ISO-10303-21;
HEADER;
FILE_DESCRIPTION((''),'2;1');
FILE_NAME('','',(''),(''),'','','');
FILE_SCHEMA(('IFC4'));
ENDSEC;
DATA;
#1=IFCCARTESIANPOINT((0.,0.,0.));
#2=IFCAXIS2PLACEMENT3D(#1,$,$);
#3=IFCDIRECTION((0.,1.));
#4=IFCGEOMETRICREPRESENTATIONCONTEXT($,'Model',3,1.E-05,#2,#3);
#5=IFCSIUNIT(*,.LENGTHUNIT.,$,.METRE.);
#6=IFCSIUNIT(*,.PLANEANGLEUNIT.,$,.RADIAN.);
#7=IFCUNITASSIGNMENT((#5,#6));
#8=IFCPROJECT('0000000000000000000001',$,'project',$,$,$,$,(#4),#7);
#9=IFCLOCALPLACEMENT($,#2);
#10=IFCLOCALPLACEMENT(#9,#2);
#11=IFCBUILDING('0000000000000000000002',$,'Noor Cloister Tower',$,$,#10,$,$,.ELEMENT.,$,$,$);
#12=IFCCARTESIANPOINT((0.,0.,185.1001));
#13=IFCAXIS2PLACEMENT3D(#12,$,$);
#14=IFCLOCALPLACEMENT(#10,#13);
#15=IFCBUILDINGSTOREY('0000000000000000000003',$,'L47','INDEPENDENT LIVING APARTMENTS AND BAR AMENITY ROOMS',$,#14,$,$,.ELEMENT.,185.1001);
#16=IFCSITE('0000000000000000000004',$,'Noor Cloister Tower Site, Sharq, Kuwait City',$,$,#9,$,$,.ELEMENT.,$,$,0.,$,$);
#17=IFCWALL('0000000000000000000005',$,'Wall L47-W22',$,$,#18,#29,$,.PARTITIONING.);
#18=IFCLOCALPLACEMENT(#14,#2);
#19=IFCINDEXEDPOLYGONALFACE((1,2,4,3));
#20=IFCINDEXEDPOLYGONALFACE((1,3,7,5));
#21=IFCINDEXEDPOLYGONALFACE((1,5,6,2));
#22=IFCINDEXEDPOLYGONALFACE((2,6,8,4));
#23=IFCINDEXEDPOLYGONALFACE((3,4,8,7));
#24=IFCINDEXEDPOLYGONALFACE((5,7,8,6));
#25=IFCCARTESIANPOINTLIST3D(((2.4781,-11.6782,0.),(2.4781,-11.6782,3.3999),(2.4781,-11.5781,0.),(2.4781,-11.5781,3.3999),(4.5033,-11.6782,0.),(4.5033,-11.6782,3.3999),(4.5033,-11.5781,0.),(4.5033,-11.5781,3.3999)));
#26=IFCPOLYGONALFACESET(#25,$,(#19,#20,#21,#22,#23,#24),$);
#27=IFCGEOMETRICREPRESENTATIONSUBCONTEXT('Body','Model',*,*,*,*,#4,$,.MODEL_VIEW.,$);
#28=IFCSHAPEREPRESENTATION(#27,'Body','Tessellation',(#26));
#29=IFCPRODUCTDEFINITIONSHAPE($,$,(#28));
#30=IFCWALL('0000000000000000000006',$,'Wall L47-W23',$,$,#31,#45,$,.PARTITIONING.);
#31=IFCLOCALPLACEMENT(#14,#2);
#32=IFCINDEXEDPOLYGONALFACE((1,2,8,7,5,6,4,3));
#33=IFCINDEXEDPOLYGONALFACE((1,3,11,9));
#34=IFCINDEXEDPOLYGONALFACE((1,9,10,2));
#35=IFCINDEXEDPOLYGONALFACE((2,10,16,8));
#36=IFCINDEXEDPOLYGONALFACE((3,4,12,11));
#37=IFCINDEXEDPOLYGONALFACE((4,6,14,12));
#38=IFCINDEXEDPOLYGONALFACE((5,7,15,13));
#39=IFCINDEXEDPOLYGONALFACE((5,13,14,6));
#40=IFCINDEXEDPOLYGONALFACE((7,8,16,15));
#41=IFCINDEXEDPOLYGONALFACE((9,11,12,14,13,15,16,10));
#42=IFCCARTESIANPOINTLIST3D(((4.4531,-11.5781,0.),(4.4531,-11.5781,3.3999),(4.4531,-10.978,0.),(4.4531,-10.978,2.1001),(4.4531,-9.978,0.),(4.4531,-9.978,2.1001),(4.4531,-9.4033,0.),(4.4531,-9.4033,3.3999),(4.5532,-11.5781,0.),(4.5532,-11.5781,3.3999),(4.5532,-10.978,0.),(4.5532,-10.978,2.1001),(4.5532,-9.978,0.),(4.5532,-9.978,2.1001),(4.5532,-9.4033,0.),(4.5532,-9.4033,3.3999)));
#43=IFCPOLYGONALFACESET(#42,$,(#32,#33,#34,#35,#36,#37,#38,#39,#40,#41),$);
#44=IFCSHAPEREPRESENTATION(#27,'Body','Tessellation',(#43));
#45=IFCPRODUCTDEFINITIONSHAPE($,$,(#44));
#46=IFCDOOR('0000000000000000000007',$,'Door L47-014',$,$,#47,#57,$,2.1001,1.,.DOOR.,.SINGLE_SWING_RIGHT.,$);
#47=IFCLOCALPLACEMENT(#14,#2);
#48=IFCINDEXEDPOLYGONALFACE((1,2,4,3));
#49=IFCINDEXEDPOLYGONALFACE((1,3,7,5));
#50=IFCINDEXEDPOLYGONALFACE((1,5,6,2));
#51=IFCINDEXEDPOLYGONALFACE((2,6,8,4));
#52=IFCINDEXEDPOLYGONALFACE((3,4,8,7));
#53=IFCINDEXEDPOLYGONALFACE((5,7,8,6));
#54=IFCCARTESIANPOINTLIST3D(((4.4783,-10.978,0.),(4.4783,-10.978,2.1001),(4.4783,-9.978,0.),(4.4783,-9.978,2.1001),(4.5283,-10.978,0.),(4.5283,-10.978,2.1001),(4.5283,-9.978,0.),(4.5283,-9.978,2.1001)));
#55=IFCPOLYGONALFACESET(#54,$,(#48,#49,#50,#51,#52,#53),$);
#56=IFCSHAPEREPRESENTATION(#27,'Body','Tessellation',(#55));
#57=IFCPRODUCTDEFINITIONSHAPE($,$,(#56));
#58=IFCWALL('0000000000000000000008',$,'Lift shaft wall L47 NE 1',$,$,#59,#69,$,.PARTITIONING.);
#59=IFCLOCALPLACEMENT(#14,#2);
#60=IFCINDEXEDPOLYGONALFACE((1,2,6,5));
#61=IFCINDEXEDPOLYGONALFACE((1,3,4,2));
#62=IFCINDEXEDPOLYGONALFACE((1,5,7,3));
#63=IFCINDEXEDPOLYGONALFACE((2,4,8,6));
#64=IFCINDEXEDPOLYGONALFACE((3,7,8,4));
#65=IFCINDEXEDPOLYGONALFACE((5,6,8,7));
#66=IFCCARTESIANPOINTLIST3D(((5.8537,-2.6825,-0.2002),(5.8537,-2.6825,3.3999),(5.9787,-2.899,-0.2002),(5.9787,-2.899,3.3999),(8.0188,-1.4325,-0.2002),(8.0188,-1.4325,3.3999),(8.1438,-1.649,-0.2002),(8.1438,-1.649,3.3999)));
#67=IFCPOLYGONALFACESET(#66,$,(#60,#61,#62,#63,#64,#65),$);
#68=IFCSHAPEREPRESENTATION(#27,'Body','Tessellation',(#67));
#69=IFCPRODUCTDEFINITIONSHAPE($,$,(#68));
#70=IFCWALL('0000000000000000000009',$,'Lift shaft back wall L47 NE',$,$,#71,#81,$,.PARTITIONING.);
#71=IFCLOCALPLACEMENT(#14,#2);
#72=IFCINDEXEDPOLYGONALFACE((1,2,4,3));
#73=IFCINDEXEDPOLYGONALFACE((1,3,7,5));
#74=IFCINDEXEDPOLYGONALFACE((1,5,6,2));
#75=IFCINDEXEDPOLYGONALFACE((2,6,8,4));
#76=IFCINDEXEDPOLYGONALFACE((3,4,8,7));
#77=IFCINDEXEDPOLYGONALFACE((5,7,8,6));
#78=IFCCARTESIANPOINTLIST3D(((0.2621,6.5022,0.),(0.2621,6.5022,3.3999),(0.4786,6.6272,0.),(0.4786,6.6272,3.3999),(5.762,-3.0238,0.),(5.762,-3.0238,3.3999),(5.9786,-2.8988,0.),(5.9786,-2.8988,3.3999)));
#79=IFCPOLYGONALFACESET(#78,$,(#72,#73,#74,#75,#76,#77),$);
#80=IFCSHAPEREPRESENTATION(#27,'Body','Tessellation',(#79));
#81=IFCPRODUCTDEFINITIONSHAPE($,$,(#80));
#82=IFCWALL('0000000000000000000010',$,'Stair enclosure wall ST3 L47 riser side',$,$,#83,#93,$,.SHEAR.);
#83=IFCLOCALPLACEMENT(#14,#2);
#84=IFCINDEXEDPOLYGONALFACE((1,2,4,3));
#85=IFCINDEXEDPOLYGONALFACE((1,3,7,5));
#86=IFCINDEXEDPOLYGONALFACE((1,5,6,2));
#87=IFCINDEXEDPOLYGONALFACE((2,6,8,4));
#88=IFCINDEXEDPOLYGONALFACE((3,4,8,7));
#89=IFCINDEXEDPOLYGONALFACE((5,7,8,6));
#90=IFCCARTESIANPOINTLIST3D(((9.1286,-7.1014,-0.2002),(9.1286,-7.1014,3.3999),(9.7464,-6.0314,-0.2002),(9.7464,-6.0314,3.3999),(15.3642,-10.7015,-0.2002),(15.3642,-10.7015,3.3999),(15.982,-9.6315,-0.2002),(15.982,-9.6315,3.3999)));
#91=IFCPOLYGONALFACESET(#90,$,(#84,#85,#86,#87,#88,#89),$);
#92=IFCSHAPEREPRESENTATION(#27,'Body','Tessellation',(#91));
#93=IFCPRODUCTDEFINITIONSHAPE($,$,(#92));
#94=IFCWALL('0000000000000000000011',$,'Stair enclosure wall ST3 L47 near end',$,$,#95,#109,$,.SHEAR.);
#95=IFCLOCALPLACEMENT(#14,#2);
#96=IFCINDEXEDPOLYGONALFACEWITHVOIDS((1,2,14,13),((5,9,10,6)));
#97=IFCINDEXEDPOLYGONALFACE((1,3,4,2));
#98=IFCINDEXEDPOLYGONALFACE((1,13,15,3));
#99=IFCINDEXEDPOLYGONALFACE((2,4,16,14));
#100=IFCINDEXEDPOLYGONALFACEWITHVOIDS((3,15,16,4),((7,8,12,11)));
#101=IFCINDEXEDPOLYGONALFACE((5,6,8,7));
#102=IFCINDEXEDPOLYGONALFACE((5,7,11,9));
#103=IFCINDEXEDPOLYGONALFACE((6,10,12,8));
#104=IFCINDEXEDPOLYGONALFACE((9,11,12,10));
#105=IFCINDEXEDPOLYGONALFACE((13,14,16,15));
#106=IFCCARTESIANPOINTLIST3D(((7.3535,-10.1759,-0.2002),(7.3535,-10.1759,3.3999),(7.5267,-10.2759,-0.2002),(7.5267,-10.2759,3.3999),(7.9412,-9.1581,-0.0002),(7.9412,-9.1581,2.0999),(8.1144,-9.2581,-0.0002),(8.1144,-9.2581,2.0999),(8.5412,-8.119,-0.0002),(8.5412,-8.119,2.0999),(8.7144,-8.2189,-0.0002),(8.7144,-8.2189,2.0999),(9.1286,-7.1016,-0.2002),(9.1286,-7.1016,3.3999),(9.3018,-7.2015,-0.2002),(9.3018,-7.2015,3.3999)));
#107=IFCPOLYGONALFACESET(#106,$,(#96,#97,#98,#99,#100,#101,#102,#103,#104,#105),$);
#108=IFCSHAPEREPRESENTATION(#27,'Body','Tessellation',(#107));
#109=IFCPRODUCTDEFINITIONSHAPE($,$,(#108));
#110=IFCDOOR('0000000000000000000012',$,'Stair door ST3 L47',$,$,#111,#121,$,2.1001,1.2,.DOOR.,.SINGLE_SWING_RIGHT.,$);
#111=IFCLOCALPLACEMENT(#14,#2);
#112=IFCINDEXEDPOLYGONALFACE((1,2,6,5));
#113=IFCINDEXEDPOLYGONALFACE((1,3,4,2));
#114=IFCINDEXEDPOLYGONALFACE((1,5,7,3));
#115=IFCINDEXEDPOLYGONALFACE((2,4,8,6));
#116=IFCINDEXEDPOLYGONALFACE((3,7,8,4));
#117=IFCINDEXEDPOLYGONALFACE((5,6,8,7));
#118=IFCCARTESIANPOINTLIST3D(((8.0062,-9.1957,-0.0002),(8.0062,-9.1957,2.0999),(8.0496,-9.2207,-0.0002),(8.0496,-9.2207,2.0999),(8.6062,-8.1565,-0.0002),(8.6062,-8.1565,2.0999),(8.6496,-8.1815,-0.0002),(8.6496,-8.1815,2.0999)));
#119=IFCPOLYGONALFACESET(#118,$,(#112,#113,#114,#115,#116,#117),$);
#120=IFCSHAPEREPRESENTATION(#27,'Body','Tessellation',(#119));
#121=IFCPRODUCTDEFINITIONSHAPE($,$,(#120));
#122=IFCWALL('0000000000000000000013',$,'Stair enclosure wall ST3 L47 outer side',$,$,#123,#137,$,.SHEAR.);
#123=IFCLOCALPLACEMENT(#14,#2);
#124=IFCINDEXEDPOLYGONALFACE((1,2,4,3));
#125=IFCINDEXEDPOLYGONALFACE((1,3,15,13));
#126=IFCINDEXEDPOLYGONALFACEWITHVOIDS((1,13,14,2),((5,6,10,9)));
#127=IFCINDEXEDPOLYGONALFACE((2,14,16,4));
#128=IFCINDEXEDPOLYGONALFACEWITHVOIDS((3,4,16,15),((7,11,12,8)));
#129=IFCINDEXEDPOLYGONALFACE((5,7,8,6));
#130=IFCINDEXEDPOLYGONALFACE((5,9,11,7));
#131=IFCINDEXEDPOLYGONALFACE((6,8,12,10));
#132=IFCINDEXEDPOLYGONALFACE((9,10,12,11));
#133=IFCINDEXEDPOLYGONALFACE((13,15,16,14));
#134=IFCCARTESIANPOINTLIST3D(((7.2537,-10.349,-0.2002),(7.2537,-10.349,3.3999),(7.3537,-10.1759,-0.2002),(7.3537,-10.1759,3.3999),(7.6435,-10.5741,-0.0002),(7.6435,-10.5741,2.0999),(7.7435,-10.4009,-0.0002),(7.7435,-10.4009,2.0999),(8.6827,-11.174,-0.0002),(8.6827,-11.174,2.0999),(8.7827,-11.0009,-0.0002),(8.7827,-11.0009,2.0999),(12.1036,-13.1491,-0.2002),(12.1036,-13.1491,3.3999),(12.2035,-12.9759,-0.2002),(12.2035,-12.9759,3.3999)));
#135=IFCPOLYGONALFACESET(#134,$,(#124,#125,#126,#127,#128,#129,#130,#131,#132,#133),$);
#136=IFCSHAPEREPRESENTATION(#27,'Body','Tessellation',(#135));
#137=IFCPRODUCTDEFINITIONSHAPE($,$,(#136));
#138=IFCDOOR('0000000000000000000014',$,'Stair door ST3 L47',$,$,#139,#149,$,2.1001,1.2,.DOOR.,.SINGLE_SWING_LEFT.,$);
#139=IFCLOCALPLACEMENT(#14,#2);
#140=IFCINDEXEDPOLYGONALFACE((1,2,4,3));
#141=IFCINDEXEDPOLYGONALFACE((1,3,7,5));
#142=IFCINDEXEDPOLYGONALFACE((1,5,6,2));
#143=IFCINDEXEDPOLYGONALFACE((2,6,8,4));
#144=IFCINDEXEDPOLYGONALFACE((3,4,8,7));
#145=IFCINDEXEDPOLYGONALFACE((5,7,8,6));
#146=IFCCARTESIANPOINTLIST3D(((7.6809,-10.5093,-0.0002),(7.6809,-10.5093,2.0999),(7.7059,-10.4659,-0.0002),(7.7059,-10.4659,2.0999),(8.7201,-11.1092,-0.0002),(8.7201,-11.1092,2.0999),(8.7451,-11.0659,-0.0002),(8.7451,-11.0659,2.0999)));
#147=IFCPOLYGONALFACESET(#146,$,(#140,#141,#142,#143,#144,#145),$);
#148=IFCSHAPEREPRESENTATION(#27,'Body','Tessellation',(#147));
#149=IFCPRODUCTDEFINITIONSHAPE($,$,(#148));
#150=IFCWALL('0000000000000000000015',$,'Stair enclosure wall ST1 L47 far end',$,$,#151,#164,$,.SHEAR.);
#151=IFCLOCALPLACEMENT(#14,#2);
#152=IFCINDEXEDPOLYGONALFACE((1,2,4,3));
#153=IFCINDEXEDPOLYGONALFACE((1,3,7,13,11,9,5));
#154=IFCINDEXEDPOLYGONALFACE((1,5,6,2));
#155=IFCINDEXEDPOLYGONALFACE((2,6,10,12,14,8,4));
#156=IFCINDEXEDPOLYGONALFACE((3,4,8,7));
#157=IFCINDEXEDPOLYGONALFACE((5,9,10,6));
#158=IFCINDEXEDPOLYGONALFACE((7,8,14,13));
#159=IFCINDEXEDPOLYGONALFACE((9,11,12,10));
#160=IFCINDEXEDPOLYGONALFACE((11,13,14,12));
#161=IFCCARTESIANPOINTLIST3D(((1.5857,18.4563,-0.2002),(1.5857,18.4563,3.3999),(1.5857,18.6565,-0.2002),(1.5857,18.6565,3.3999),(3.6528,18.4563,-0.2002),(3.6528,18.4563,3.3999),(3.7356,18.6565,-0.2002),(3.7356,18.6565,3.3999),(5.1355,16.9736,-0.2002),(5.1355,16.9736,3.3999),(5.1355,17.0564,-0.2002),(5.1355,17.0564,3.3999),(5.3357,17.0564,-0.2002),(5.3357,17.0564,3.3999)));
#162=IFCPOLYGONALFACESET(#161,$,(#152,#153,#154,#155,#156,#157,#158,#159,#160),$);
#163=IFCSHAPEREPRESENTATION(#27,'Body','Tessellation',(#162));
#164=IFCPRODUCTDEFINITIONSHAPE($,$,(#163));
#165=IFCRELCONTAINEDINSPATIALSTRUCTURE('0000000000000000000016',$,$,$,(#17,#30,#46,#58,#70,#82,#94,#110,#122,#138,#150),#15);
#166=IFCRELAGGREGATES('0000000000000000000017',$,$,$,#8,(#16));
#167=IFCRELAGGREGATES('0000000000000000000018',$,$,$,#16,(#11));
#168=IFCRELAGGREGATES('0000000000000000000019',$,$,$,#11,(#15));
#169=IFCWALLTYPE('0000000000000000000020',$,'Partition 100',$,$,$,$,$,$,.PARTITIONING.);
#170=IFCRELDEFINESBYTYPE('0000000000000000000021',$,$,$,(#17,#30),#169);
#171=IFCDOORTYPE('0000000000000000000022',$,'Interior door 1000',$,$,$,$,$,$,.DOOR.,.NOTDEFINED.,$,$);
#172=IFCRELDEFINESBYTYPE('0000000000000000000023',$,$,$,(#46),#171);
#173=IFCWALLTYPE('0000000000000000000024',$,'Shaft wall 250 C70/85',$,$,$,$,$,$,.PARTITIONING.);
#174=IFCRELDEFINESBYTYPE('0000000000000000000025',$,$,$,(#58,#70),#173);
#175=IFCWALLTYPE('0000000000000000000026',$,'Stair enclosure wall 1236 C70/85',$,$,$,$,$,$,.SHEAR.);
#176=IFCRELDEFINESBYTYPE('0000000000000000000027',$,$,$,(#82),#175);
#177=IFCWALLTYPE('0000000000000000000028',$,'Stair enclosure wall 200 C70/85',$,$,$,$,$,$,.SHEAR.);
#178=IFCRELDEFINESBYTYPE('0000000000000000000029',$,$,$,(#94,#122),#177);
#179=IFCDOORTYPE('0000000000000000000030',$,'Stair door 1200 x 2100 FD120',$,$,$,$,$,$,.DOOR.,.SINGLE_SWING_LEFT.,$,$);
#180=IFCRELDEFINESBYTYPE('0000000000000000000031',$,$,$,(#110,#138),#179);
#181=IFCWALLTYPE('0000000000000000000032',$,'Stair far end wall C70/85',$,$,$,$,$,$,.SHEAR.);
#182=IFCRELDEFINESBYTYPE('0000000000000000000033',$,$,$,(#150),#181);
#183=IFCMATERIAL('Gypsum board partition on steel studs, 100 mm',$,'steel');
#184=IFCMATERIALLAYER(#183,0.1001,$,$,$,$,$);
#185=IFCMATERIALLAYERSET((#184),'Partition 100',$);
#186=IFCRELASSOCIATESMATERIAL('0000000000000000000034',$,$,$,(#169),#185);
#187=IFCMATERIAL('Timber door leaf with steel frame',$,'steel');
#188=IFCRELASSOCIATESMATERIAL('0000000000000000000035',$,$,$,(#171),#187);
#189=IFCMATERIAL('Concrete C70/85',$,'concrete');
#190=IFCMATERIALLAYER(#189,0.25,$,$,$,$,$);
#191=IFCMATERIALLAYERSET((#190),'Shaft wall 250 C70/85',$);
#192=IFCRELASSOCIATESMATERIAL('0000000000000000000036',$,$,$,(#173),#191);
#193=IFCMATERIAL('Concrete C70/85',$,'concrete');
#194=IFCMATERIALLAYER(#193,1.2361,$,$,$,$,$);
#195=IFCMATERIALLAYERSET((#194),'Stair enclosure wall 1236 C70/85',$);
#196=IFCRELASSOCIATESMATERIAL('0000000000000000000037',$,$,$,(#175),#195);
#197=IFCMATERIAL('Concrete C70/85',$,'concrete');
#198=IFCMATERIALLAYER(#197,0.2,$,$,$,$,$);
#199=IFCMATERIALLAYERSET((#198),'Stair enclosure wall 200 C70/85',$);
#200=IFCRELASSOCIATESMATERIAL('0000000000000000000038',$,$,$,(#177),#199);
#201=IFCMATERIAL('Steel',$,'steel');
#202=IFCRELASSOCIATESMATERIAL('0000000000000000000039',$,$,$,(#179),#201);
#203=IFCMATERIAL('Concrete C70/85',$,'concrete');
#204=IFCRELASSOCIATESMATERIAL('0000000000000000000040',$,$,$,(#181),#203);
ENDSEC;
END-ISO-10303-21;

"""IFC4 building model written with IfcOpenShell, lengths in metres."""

from ifc_helpers import new_model, si_unit, direction, frame, frame_2d, origin, place, context, subcontext, project, spatial, polyline, rectangle, outline, extrude, material, layer, layer_set, type_object, element, fill, save


model = new_model("IFC4")

# Units and contexts
model_context = context("Model", 3, precision=1e-05, world=origin(), true_north=direction((0.0, 1.0)))
body_context = subcontext(model_context, "Body", "Model", "MODEL_VIEW")
ifc_project = project(units=[si_unit("LENGTHUNIT", "METRE"), si_unit("PLANEANGLEUNIT", "RADIAN")], contexts=[model_context])

# Site, building, storey
site_placement = place(None, origin())
site = spatial("IfcSite", under=ifc_project, at=site_placement, Name="Noor Cloister Tower Site, Sharq, Kuwait City", CompositionType="ELEMENT", RefElevation=0.0)
building_placement = place(site_placement, origin())
building = spatial("IfcBuilding", under=site, at=building_placement, Name="Noor Cloister Tower", CompositionType="ELEMENT")
storey_placement = place(building_placement, frame((0.0, 0.0, 185.1001)))
storey = spatial("IfcBuildingStorey", under=building, at=storey_placement, Name="L47", Description="INDEPENDENT LIVING APARTMENTS AND BAR AMENITY ROOMS", CompositionType="ELEMENT", Elevation=185.1001)

# Wall
ifc_material_1 = material(Name="Gypsum board partition on steel studs, 100 mm", Category="steel")
ifc_layer_1 = layer(ifc_material_1, 0.1001)
ifc_layer_set_1 = layer_set([ifc_layer_1], Name="Partition 100")
wall_type_1 = type_object("IfcWallType", Name="Partition 100", PredefinedType="PARTITIONING", material=ifc_layer_set_1)
wall_1_placement = place(storey_placement, frame((2.478, -11.6282, 0.0), z_axis=(0.0, 0.0, 1.0), x_axis=(1.0, 0.0, 0.0)))
element("IfcWall", 1, at=wall_1_placement, inside=storey, type_object=wall_type_1, Name="Wall L47-W22", PredefinedType="PARTITIONING", context=body_context, shape_type="SweptSolid", body=[
    extrude(rectangle(XDim=2.0251, YDim=0.1001, at=frame_2d((1.0127, 0.0))), origin(), (0.0, 0.0, 1.0), 3.3999),
])

# Wall, opening, door
wall_2_placement = place(storey_placement, frame((4.5032, -11.5781, 0.0), z_axis=(0.0, 0.0, 1.0), x_axis=(0.0, 1.0, 0.0)))
wall_2 = element("IfcWall", 2, at=wall_2_placement, inside=storey, type_object=wall_type_1, Name="Wall L47-W23", PredefinedType="PARTITIONING", context=body_context, shape_type="SweptSolid", body=[
    extrude(rectangle(XDim=2.1748, YDim=0.1001, at=frame_2d((1.0874, 0.0))), origin(), (0.0, 0.0, 1.0), 3.3999),
])
opening_1_placement = place(wall_2_placement, frame((0.6001, 0.0, 0.0)))
opening_1 = element("IfcOpeningElement", 3, at=opening_1_placement, cuts=wall_2, PredefinedType="OPENING", context=body_context, shape_type="SweptSolid", body=[
    extrude(rectangle(XDim=1.0, YDim=2.1001, at=frame_2d((0.5, 1.05))), frame((0.0, 0.0601, 0.0), z_axis=(0.0, -1.0, 0.0), x_axis=(1.0, 0.0, 0.0)), (0.0, 0.0, 1.0), 0.1201),
])
ifc_material_2 = material(Name="Timber door leaf with steel frame", Category="steel")
door_type_1 = type_object("IfcDoorType", Name="Interior door 1000", OperationType="NOTDEFINED", PredefinedType="DOOR", material=ifc_material_2)
door_1_placement = place(opening_1_placement, origin())
door_1 = element("IfcDoor", 4, at=door_1_placement, inside=storey, type_object=door_type_1, Name="Door L47-014", OperationType="SINGLE_SWING_RIGHT", OverallHeight=2.1001, OverallWidth=1.0, PredefinedType="DOOR", context=body_context, shape_type="SweptSolid", body=[
    extrude(rectangle(XDim=1.0, YDim=2.1001, at=frame_2d((0.5, 1.05))), frame((0.0, 0.0249, 0.0), z_axis=(0.0, -1.0, 0.0), x_axis=(1.0, 0.0, 0.0)), (0.0, 0.0, 1.0), 0.05),
])
fill(opening_1, door_1)

# Walls
ifc_material_3 = material(Name="Concrete C70/85", Category="concrete")
ifc_layer_2 = layer(ifc_material_3, 0.25)
ifc_layer_set_2 = layer_set([ifc_layer_2], Name="Shaft wall 250 C70/85")
wall_type_2 = type_object("IfcWallType", Name="Shaft wall 250 C70/85", PredefinedType="PARTITIONING", material=ifc_layer_set_2)
wall_3_placement = place(storey_placement, frame((8.0813, -1.5408, -0.2002), z_axis=(0.0, 0.0, 1.0), x_axis=(-0.866023, -0.500004, 0.0)))
element("IfcWall", 5, at=wall_3_placement, inside=storey, type_object=wall_type_2, Name="Lift shaft wall L47 NE 1", PredefinedType="PARTITIONING", context=body_context, shape_type="SweptSolid", body=[
    extrude(rectangle(XDim=2.5, YDim=0.25, at=frame_2d((1.25, 0.0))), origin(), (0.0, 0.0, 1.0), 3.6001),
])
wall_4_placement = place(storey_placement, frame((5.8704, -2.9614, 0.0), z_axis=(0.0, 0.0, 1.0), x_axis=(-0.500006, 0.866022, 0.0)))
element("IfcWall", 6, at=wall_4_placement, inside=storey, type_object=wall_type_2, Name="Lift shaft back wall L47 NE", PredefinedType="PARTITIONING", context=body_context, shape_type="SweptSolid", body=[
    extrude(rectangle(XDim=10.9998, YDim=0.25, at=frame_2d((5.5, 0.0))), origin(), (0.0, 0.0, 1.0), 3.3999),
])
ifc_material_4 = material(Name="Concrete C70/85", Category="concrete")
ifc_layer_3 = layer(ifc_material_4, 1.2361)
ifc_layer_set_3 = layer_set([ifc_layer_3], Name="Stair enclosure wall 1236 C70/85")
wall_type_3 = type_object("IfcWallType", Name="Stair enclosure wall 1236 C70/85", PredefinedType="SHEAR", material=ifc_layer_set_3)
wall_5_placement = place(storey_placement, frame((9.4375, -6.5664, -0.2002), z_axis=(0.0, 0.0, 1.0), x_axis=(0.866027, -0.499997, 0.0)))
element("IfcWall", 7, at=wall_5_placement, inside=storey, type_object=wall_type_3, Name="Stair enclosure wall ST3 L47 riser side", PredefinedType="SHEAR", context=body_context, shape_type="SweptSolid", body=[
    extrude(rectangle(XDim=7.2002, YDim=1.2356, at=frame_2d((3.6001, 0.0))), origin(), (0.0, 0.0, 1.0), 3.6001),
])

# Walls, openings, doors
ifc_material_5 = material(Name="Concrete C70/85", Category="concrete")
ifc_layer_4 = layer(ifc_material_5, 0.2)
ifc_layer_set_4 = layer_set([ifc_layer_4], Name="Stair enclosure wall 200 C70/85")
wall_type_4 = type_object("IfcWallType", Name="Stair enclosure wall 200 C70/85", PredefinedType="SHEAR", material=ifc_layer_set_4)
wall_6_placement = place(storey_placement, frame((7.4402, -10.2258, -0.2002), z_axis=(0.0, 0.0, 1.0), x_axis=(0.500022, 0.866013, 0.0)))
wall_6 = element("IfcWall", 8, at=wall_6_placement, inside=storey, type_object=wall_type_4, Name="Stair enclosure wall ST3 L47 near end", PredefinedType="SHEAR", context=body_context, shape_type="SweptSolid", body=[
    extrude(rectangle(XDim=3.55, YDim=0.2, at=frame_2d((1.7749, 0.0))), origin(), (0.0, 0.0, 1.0), 3.6001),
])
opening_2_placement = place(wall_6_placement, frame((1.175, 0.0, 0.2)))
opening_2 = element("IfcOpeningElement", 9, at=opening_2_placement, cuts=wall_6, PredefinedType="OPENING", context=body_context, shape_type="SweptSolid", body=[
    extrude(rectangle(XDim=1.2, YDim=2.1001, at=frame_2d((0.6001, 1.05))), frame((0.0, 0.1099, 0.0), z_axis=(0.0, -1.0, 0.0), x_axis=(1.0, 0.0, 0.0)), (0.0, 0.0, 1.0), 0.22),
])
ifc_material_6 = material(Name="Steel", Category="steel")
door_type_2 = type_object("IfcDoorType", Name="Stair door 1200 x 2100 FD120", OperationType="SINGLE_SWING_LEFT", PredefinedType="DOOR", material=ifc_material_6)
door_2_placement = place(opening_2_placement, origin())
door_2 = element("IfcDoor", 10, at=door_2_placement, inside=storey, type_object=door_type_2, Name="Stair door ST3 L47", OperationType="SINGLE_SWING_RIGHT", OverallHeight=2.1001, OverallWidth=1.2, PredefinedType="DOOR", context=body_context, shape_type="SweptSolid", body=[
    extrude(rectangle(XDim=1.2, YDim=2.1001, at=frame_2d((0.6001, 1.05))), frame((0.0, 0.0249, 0.0), z_axis=(0.0, -1.0, 0.0), x_axis=(1.0, 0.0, 0.0)), (0.0, 0.0, 1.0), 0.05),
])
fill(opening_2, door_2)
wall_7_placement = place(storey_placement, frame((7.3037, -10.2625, -0.2002), z_axis=(0.0, 0.0, 1.0), x_axis=(0.866027, -0.499998, 0.0)))
wall_7 = element("IfcWall", 11, at=wall_7_placement, inside=storey, type_object=wall_type_4, Name="Stair enclosure wall ST3 L47 outer side", PredefinedType="SHEAR", context=body_context, shape_type="SweptSolid", body=[
    extrude(rectangle(XDim=5.6001, YDim=0.2, at=frame_2d((2.8, 0.0))), origin(), (0.0, 0.0, 1.0), 3.6001),
])
opening_3_placement = place(wall_7_placement, frame((0.45, 0.0, 0.2)))
opening_3 = element("IfcOpeningElement", 12, at=opening_3_placement, cuts=wall_7, PredefinedType="OPENING", context=body_context, shape_type="SweptSolid", body=[
    extrude(rectangle(XDim=1.2, YDim=2.1001, at=frame_2d((0.6001, 1.05))), frame((0.0, 0.1099, 0.0), z_axis=(0.0, -1.0, 0.0), x_axis=(1.0, 0.0, 0.0)), (0.0, 0.0, 1.0), 0.22),
])
door_3_placement = place(opening_3_placement, origin())
door_3 = element("IfcDoor", 13, at=door_3_placement, inside=storey, type_object=door_type_2, Name="Stair door ST3 L47", OperationType="SINGLE_SWING_LEFT", OverallHeight=2.1001, OverallWidth=1.2, PredefinedType="DOOR", context=body_context, shape_type="SweptSolid", body=[
    extrude(rectangle(XDim=1.2, YDim=2.1001, at=frame_2d((0.6001, 1.05))), frame((0.0, 0.0249, 0.0), z_axis=(0.0, -1.0, 0.0), x_axis=(1.0, 0.0, 0.0)), (0.0, 0.0, 1.0), 0.05),
])
fill(opening_3, door_3)

# Wall
ifc_material_7 = material(Name="Concrete C70/85", Category="concrete")
wall_type_5 = type_object("IfcWallType", Name="Stair far end wall C70/85", PredefinedType="SHEAR", material=ifc_material_7)
wall_8_placement = place(storey_placement, frame((0.0, 0.0, -0.2002)))
element("IfcWall", 14, at=wall_8_placement, inside=storey, type_object=wall_type_5, Name="Stair enclosure wall ST1 L47 far end", PredefinedType="SHEAR", context=body_context, shape_type="SweptSolid", body=[
    extrude(outline(polyline([(5.3357, 17.0564), (3.7356, 18.6565), (1.5857, 18.6565), (1.5857, 18.4563), (3.6528, 18.4563), (5.1355, 16.9736), (5.1355, 17.0564), (5.1355, 17.0564), (5.1355, 17.0564), (5.1355, 17.0564), (5.1355, 17.0564), (5.1355, 17.0564), (5.1355, 17.0564), (5.1355, 17.0564), (5.1355, 17.0564), (5.1355, 17.0564), (5.1355, 17.0564), (5.1355, 17.0564), (5.1355, 17.0564), (5.1355, 17.0564), (5.1355, 17.0564), (5.1355, 17.0564), (5.1355, 17.0564), (5.3357, 17.0564)])), origin(), (0.0, 0.0, 1.0), 3.6001),
])

save(model, "model.ifc")
